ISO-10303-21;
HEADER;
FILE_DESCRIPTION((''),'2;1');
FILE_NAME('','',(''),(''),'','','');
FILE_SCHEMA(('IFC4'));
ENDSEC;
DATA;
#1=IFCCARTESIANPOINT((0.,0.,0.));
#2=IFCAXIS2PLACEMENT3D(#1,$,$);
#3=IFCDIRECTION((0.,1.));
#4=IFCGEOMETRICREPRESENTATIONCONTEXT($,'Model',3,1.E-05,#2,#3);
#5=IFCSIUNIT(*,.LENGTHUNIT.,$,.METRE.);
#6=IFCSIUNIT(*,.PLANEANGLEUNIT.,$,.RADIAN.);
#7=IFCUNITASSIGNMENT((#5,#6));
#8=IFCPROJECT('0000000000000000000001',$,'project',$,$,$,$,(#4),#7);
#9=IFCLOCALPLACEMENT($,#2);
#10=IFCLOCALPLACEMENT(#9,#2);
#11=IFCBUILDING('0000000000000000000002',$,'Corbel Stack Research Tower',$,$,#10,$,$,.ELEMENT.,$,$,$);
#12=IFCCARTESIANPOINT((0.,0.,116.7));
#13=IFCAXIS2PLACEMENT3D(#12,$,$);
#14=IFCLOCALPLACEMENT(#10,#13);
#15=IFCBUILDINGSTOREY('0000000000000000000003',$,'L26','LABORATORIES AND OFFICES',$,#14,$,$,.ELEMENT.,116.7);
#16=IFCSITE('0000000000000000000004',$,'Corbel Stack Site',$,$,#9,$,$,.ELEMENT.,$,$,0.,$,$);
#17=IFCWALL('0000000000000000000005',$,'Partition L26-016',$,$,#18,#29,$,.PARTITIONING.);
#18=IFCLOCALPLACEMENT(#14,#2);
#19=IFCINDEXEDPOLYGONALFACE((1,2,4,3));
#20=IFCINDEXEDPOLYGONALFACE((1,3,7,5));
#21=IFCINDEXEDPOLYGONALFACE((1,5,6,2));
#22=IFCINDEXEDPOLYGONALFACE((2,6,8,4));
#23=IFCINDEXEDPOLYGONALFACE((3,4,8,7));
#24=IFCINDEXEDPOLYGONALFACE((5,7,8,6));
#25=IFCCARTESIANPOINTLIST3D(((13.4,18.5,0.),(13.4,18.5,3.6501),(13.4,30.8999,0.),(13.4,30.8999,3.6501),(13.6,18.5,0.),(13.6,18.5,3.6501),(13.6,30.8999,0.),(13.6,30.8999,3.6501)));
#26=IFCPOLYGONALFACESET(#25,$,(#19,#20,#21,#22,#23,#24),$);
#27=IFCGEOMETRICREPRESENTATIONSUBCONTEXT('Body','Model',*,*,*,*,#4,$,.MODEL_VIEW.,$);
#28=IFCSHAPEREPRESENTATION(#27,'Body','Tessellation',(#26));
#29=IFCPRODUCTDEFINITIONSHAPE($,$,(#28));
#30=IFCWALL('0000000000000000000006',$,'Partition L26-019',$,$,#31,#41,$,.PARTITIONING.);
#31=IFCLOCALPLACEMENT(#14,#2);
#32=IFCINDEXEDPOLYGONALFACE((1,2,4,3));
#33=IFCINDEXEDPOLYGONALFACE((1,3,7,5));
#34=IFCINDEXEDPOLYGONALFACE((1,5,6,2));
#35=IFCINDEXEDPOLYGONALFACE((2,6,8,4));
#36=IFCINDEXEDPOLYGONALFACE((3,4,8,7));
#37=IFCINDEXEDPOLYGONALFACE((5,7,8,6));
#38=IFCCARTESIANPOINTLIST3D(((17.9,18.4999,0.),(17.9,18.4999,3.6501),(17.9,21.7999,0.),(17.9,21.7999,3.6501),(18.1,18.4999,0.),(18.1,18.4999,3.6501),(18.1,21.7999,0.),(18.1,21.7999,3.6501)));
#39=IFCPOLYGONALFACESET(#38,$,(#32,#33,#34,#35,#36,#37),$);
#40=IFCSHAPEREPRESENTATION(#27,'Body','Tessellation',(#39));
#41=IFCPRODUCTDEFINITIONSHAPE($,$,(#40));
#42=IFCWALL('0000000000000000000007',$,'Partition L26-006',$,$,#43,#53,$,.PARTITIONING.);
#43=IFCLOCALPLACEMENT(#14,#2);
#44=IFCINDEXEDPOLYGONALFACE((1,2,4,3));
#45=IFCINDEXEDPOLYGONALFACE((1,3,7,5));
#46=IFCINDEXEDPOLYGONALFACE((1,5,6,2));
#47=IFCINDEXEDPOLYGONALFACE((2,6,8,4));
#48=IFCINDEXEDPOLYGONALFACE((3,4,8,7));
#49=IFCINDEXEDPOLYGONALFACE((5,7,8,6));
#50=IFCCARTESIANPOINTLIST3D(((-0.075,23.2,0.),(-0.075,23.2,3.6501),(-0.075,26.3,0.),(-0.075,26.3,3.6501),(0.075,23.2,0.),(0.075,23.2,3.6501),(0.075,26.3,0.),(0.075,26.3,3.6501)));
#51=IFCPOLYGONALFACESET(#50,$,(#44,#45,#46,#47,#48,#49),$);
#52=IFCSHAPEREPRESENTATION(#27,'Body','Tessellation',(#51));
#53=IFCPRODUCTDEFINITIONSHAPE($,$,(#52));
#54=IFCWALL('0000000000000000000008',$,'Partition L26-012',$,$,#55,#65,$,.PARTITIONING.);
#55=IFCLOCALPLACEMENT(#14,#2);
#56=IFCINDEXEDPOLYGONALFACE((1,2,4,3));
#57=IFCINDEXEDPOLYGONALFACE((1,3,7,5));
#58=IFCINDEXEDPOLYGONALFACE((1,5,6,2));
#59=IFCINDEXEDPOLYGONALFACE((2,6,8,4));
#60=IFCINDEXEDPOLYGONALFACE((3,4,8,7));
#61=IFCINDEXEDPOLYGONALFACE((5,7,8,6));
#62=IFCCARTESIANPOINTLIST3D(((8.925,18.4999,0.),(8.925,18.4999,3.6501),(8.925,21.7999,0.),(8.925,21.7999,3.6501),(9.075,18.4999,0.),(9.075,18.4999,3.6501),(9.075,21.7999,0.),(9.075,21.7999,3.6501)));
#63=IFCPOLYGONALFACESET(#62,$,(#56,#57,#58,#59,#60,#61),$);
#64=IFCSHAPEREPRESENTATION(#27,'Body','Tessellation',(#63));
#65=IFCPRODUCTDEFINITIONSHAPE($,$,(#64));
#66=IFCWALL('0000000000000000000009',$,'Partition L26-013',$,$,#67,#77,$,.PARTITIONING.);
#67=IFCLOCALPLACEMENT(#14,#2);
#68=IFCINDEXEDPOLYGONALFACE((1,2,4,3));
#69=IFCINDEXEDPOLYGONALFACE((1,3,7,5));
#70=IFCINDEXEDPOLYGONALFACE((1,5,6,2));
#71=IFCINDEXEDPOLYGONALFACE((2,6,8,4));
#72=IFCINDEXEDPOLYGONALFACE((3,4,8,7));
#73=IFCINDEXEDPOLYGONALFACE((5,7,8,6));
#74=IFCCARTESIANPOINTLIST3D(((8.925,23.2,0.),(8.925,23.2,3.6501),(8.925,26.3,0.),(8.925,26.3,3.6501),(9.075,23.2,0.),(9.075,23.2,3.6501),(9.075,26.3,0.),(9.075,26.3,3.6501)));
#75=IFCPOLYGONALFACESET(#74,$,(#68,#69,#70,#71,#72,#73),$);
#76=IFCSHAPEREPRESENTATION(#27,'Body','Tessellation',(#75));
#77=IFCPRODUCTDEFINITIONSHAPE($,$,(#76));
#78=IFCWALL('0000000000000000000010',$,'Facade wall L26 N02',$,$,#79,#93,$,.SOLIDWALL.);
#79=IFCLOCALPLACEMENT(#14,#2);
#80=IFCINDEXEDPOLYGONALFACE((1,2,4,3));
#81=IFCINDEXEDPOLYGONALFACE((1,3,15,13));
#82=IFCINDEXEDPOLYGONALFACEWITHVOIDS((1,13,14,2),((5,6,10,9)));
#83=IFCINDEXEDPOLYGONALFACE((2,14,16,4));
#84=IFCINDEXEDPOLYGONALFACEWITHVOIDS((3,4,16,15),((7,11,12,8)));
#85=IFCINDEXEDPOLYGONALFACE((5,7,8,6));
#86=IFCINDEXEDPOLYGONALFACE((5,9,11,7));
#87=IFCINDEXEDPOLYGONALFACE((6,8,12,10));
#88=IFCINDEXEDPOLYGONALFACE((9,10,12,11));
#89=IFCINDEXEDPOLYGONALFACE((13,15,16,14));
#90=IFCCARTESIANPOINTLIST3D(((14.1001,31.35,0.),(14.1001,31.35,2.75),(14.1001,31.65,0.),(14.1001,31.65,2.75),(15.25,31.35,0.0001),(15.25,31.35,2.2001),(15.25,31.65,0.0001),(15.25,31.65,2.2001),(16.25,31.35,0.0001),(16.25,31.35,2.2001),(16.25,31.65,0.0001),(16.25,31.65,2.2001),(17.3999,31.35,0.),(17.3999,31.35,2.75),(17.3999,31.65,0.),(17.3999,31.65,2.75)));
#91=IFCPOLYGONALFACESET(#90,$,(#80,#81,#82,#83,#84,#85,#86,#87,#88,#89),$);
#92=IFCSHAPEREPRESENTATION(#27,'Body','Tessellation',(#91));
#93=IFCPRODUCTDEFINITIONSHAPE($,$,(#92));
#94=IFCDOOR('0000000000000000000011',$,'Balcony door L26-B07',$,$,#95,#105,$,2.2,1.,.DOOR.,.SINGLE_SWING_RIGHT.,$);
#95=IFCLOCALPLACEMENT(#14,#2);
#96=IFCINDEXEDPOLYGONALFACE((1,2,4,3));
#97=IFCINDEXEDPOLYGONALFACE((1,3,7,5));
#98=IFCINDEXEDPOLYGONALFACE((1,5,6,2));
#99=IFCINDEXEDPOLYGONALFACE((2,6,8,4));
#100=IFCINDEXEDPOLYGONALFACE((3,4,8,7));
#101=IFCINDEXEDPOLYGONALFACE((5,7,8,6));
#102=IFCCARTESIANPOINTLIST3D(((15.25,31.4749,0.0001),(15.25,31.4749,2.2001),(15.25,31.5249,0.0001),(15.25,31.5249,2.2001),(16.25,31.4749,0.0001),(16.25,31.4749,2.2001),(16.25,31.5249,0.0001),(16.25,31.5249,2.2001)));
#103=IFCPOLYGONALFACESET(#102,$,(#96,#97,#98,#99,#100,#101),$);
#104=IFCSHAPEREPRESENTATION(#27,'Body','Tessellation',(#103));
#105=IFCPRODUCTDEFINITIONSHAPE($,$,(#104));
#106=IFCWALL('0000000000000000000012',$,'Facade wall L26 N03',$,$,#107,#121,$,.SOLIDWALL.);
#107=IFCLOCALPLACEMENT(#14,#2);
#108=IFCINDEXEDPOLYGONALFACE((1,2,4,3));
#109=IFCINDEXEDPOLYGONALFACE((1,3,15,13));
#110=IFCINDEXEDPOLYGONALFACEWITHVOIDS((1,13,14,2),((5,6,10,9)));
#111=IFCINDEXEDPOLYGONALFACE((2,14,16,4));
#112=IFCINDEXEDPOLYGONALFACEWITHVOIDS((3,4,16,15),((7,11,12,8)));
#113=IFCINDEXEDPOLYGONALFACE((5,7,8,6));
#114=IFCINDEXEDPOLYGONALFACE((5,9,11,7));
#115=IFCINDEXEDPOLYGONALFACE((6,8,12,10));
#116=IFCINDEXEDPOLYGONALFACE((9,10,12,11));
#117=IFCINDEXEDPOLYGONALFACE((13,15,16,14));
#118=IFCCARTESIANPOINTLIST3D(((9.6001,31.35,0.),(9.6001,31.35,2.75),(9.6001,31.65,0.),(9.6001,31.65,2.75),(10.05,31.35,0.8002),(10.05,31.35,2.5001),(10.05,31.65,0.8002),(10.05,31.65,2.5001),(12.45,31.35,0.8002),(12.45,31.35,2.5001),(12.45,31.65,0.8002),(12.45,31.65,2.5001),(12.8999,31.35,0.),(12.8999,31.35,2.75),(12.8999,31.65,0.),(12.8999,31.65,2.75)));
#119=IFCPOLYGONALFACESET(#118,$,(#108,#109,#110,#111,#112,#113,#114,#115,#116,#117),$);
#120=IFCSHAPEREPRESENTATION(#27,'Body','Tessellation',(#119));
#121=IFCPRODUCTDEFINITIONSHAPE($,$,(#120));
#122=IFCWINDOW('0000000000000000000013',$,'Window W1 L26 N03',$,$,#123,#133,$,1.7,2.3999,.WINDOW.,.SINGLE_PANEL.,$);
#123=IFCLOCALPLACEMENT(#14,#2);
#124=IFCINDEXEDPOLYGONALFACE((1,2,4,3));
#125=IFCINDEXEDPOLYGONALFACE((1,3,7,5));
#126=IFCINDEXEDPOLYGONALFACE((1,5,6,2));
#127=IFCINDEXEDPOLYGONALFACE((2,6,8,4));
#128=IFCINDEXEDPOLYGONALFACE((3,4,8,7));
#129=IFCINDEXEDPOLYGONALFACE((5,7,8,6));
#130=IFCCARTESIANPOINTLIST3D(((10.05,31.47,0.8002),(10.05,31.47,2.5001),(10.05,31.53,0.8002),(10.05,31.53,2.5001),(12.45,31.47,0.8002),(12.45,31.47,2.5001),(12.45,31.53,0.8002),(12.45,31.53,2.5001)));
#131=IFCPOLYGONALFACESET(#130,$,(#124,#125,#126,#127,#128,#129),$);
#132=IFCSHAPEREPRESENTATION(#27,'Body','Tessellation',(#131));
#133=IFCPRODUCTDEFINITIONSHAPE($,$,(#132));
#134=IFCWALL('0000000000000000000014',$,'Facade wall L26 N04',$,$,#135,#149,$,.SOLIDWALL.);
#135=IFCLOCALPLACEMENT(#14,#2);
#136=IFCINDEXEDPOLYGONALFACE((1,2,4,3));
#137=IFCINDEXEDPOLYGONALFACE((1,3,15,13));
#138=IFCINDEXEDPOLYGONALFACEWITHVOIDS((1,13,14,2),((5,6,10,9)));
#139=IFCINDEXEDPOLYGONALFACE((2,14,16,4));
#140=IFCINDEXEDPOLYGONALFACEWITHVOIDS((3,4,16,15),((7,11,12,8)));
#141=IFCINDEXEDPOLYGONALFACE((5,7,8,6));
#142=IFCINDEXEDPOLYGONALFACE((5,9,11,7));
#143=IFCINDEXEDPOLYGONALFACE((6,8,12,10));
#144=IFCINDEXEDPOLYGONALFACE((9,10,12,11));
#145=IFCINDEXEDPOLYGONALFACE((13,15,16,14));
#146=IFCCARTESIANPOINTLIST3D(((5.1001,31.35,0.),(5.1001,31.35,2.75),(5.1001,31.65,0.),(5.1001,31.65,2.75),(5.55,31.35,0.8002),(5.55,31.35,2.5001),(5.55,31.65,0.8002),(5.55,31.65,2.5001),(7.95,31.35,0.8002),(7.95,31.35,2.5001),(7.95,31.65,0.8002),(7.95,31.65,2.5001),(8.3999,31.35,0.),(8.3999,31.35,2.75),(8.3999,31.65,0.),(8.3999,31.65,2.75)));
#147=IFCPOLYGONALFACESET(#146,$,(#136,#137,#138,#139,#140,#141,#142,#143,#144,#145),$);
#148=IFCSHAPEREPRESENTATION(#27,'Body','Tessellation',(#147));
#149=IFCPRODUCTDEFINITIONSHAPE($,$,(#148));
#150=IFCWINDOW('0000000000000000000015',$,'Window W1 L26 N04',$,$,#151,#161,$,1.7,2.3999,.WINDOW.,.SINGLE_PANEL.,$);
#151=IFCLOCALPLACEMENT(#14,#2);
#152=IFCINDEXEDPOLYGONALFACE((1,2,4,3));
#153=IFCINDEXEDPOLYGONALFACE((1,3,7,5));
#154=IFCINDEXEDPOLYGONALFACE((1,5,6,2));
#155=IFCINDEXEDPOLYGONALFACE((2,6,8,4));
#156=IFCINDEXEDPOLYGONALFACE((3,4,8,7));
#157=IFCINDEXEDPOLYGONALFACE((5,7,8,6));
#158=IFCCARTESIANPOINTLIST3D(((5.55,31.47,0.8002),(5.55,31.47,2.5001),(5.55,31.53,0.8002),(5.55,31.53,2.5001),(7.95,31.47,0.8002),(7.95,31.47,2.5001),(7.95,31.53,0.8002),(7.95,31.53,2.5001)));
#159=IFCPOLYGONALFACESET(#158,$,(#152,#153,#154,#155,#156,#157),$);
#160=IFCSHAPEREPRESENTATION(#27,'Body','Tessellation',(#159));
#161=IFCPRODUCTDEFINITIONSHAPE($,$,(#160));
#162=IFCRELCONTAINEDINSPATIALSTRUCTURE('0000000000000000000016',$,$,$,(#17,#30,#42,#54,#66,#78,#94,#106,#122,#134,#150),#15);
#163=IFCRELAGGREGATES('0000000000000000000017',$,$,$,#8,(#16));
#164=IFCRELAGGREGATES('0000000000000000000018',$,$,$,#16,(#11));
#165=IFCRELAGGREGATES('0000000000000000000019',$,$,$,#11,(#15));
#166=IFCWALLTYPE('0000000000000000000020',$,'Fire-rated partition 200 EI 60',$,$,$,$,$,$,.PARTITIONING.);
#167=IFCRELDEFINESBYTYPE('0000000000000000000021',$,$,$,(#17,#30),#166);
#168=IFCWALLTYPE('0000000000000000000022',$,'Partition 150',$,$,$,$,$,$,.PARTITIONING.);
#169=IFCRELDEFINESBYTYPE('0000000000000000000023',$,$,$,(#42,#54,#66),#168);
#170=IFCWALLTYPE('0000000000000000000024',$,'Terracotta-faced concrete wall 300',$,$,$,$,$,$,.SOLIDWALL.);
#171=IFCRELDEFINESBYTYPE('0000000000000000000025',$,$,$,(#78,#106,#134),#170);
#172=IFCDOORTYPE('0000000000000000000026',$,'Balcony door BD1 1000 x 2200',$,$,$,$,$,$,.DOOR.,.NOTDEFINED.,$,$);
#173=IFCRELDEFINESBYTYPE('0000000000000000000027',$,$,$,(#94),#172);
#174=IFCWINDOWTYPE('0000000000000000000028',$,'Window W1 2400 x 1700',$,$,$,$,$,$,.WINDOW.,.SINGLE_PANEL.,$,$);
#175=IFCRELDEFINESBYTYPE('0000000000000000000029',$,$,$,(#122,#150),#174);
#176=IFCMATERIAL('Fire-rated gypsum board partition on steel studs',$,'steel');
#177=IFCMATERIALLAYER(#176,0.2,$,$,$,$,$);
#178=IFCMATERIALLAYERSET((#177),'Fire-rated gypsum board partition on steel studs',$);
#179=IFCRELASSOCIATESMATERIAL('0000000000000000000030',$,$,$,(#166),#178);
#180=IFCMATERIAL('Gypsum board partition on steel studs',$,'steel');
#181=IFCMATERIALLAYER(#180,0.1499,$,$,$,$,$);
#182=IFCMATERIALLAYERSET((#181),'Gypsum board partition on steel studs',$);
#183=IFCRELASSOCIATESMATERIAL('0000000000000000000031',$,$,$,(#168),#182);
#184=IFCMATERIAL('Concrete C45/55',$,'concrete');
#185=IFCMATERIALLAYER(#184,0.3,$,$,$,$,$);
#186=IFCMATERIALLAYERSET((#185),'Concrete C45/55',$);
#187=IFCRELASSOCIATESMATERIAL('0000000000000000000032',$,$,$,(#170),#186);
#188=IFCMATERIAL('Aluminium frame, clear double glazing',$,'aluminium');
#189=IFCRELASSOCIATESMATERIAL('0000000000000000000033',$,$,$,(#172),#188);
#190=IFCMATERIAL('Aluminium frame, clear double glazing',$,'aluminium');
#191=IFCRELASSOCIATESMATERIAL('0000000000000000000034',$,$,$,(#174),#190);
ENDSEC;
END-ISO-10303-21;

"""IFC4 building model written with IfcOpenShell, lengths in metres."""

from ifc_helpers import new_model, si_unit, direction, frame, frame_2d, origin, place, context, subcontext, project, spatial, rectangle, extrude, material, layer, layer_set, type_object, element, fill, save


model = new_model("IFC4")

# Units and contexts
model_context = context("Model", 3, precision=1e-05, world=origin(), true_north=direction((0.0, 1.0)))
body_context = subcontext(model_context, "Body", "Model", "MODEL_VIEW")
ifc_project = project(units=[si_unit("LENGTHUNIT", "METRE"), si_unit("PLANEANGLEUNIT", "RADIAN")], contexts=[model_context])

# Site, building, storey
site_placement = place(None, origin())
site = spatial("IfcSite", under=ifc_project, at=site_placement, Name="Corbel Stack Site", CompositionType="ELEMENT", RefElevation=0.0)
building_placement = place(site_placement, origin())
building = spatial("IfcBuilding", under=site, at=building_placement, Name="Corbel Stack Research Tower", CompositionType="ELEMENT")
storey_placement = place(building_placement, frame((0.0, 0.0, 116.7)))
storey = spatial("IfcBuildingStorey", under=building, at=storey_placement, Name="L26", Description="LABORATORIES AND OFFICES", CompositionType="ELEMENT", Elevation=116.7)

# Walls
ifc_material_1 = material(Name="Fire-rated gypsum board partition on steel studs", Category="steel")
ifc_layer_1 = layer(ifc_material_1, 0.2)
ifc_layer_set_1 = layer_set([ifc_layer_1], Name="Fire-rated gypsum board partition on steel studs")
wall_type_1 = type_object("IfcWallType", Name="Fire-rated partition 200 EI 60", PredefinedType="PARTITIONING", material=ifc_layer_set_1)
wall_1_placement = place(storey_placement, frame((13.5, 18.5, 0.0), z_axis=(0.0, 0.0, 1.0), x_axis=(0.0, 1.0, 0.0)))
element("IfcWall", 1, at=wall_1_placement, inside=storey, type_object=wall_type_1, Name="Partition L26-016", PredefinedType="PARTITIONING", context=body_context, shape_type="SweptSolid", body=[
    extrude(rectangle(XDim=12.3999, YDim=0.2, at=frame_2d((6.2, 0.0))), origin(), (0.0, 0.0, 1.0), 3.6501),
])
wall_2_placement = place(storey_placement, frame((18.0, 18.5, 0.0), z_axis=(0.0, 0.0, 1.0), x_axis=(0.0, 1.0, 0.0)))
element("IfcWall", 2, at=wall_2_placement, inside=storey, type_object=wall_type_1, Name="Partition L26-019", PredefinedType="PARTITIONING", context=body_context, shape_type="SweptSolid", body=[
    extrude(rectangle(XDim=3.3, YDim=0.2, at=frame_2d((1.6499, 0.0))), origin(), (0.0, 0.0, 1.0), 3.6501),
])
ifc_material_2 = material(Name="Gypsum board partition on steel studs", Category="steel")
ifc_layer_2 = layer(ifc_material_2, 0.1499)
ifc_layer_set_2 = layer_set([ifc_layer_2], Name="Gypsum board partition on steel studs")
wall_type_2 = type_object("IfcWallType", Name="Partition 150", PredefinedType="PARTITIONING", material=ifc_layer_set_2)
wall_3_placement = place(storey_placement, frame((0.0, 23.2, 0.0), z_axis=(0.0, 0.0, 1.0), x_axis=(0.0, 1.0, 0.0)))
element("IfcWall", 3, at=wall_3_placement, inside=storey, type_object=wall_type_2, Name="Partition L26-006", PredefinedType="PARTITIONING", context=body_context, shape_type="SweptSolid", body=[
    extrude(rectangle(XDim=3.1001, YDim=0.1499, at=frame_2d((1.55, 0.0))), origin(), (0.0, 0.0, 1.0), 3.6501),
])
wall_4_placement = place(storey_placement, frame((9.0, 18.5, 0.0), z_axis=(0.0, 0.0, 1.0), x_axis=(0.0, 1.0, 0.0)))
element("IfcWall", 4, at=wall_4_placement, inside=storey, type_object=wall_type_2, Name="Partition L26-012", PredefinedType="PARTITIONING", context=body_context, shape_type="SweptSolid", body=[
    extrude(rectangle(XDim=3.3, YDim=0.1499, at=frame_2d((1.6499, 0.0))), origin(), (0.0, 0.0, 1.0), 3.6501),
])
wall_5_placement = place(storey_placement, frame((9.0, 23.2, 0.0), z_axis=(0.0, 0.0, 1.0), x_axis=(0.0, 1.0, 0.0)))
element("IfcWall", 5, at=wall_5_placement, inside=storey, type_object=wall_type_2, Name="Partition L26-013", PredefinedType="PARTITIONING", context=body_context, shape_type="SweptSolid", body=[
    extrude(rectangle(XDim=3.1001, YDim=0.1499, at=frame_2d((1.55, 0.0))), origin(), (0.0, 0.0, 1.0), 3.6501),
])

# Wall, opening, door
ifc_material_3 = material(Name="Concrete C45/55", Category="concrete")
ifc_layer_3 = layer(ifc_material_3, 0.3)
ifc_layer_set_3 = layer_set([ifc_layer_3], Name="Concrete C45/55")
wall_type_3 = type_object("IfcWallType", Name="Terracotta-faced concrete wall 300", PredefinedType="SOLIDWALL", material=ifc_layer_set_3)
wall_6_placement = place(storey_placement, frame((14.1001, 31.5, 0.0), z_axis=(0.0, 0.0, 1.0), x_axis=(1.0, 0.0, 0.0)))
wall_6 = element("IfcWall", 6, at=wall_6_placement, inside=storey, type_object=wall_type_3, Name="Facade wall L26 N02", PredefinedType="SOLIDWALL", context=body_context, shape_type="SweptSolid", body=[
    extrude(rectangle(XDim=3.2998, YDim=0.3, at=frame_2d((1.6499, 0.0))), origin(), (0.0, 0.0, 1.0), 2.75),
])
opening_1_placement = place(wall_6_placement, frame((1.1499, 0.0, 0.0)))
opening_1 = element("IfcOpeningElement", 7, at=opening_1_placement, cuts=wall_6, PredefinedType="OPENING", context=body_context, shape_type="SweptSolid", body=[
    extrude(rectangle(XDim=1.0, YDim=2.2, at=frame_2d((0.5, 1.1001))), frame((0.0, 0.1599, 0.0), z_axis=(0.0, -1.0, 0.0), x_axis=(1.0, 0.0, 0.0)), (0.0, 0.0, 1.0), 0.3201),
])
ifc_material_4 = material(Name="Aluminium frame, clear double glazing", Category="aluminium")
door_type_1 = type_object("IfcDoorType", Name="Balcony door BD1 1000 x 2200", OperationType="NOTDEFINED", PredefinedType="DOOR", material=ifc_material_4)
door_1_placement = place(opening_1_placement, origin())
door_1 = element("IfcDoor", 8, at=door_1_placement, inside=storey, type_object=door_type_1, Name="Balcony door L26-B07", OperationType="SINGLE_SWING_RIGHT", OverallHeight=2.2, OverallWidth=1.0, PredefinedType="DOOR", context=body_context, shape_type="SweptSolid", body=[
    extrude(rectangle(XDim=1.0, YDim=2.2, at=frame_2d((0.5, 1.1001))), frame((0.0, 0.0249, 0.0), z_axis=(0.0, -1.0, 0.0), x_axis=(1.0, 0.0, 0.0)), (0.0, 0.0, 1.0), 0.05),
])
fill(opening_1, door_1)

# Walls, openings, windows
wall_7_placement = place(storey_placement, frame((9.6001, 31.5, 0.0), z_axis=(0.0, 0.0, 1.0), x_axis=(1.0, 0.0, 0.0)))
wall_7 = element("IfcWall", 9, at=wall_7_placement, inside=storey, type_object=wall_type_3, Name="Facade wall L26 N03", PredefinedType="SOLIDWALL", context=body_context, shape_type="SweptSolid", body=[
    extrude(rectangle(XDim=3.2998, YDim=0.3, at=frame_2d((1.6499, 0.0))), origin(), (0.0, 0.0, 1.0), 2.75),
])
opening_2_placement = place(wall_7_placement, frame((0.45, 0.0, 0.8)))
opening_2 = element("IfcOpeningElement", 10, at=opening_2_placement, cuts=wall_7, PredefinedType="OPENING", context=body_context, shape_type="SweptSolid", body=[
    extrude(rectangle(XDim=2.3999, YDim=1.7, at=frame_2d((1.2, 0.8501))), frame((0.0, 0.1599, 0.0), z_axis=(0.0, -1.0, 0.0), x_axis=(1.0, 0.0, 0.0)), (0.0, 0.0, 1.0), 0.3201),
])
ifc_material_5 = material(Name="Aluminium frame, clear double glazing", Category="aluminium")
window_type = type_object("IfcWindowType", Name="Window W1 2400 x 1700", PartitioningType="SINGLE_PANEL", PredefinedType="WINDOW", material=ifc_material_5)
window_1_placement = place(opening_2_placement, origin())
window_1 = element("IfcWindow", 11, at=window_1_placement, inside=storey, type_object=window_type, Name="Window W1 L26 N03", OverallHeight=1.7, OverallWidth=2.3999, PartitioningType="SINGLE_PANEL", PredefinedType="WINDOW", context=body_context, shape_type="SweptSolid", body=[
    extrude(rectangle(XDim=2.3999, YDim=1.7, at=frame_2d((1.2, 0.8501))), frame((0.0, 0.03, 0.0), z_axis=(0.0, -1.0, 0.0), x_axis=(1.0, 0.0, 0.0)), (0.0, 0.0, 1.0), 0.0601),
])
fill(opening_2, window_1)
wall_8_placement = place(storey_placement, frame((5.1001, 31.5, 0.0), z_axis=(0.0, 0.0, 1.0), x_axis=(1.0, 0.0, 0.0)))
wall_8 = element("IfcWall", 12, at=wall_8_placement, inside=storey, type_object=wall_type_3, Name="Facade wall L26 N04", PredefinedType="SOLIDWALL", context=body_context, shape_type="SweptSolid", body=[
    extrude(rectangle(XDim=3.2998, YDim=0.3, at=frame_2d((1.6499, 0.0))), origin(), (0.0, 0.0, 1.0), 2.75),
])
opening_3_placement = place(wall_8_placement, frame((0.45, 0.0, 0.8)))
opening_3 = element("IfcOpeningElement", 13, at=opening_3_placement, cuts=wall_8, PredefinedType="OPENING", context=body_context, shape_type="SweptSolid", body=[
    extrude(rectangle(XDim=2.3999, YDim=1.7, at=frame_2d((1.2, 0.8501))), frame((0.0, 0.1599, 0.0), z_axis=(0.0, -1.0, 0.0), x_axis=(1.0, 0.0, 0.0)), (0.0, 0.0, 1.0), 0.3201),
])
window_2_placement = place(opening_3_placement, origin())
window_2 = element("IfcWindow", 14, at=window_2_placement, inside=storey, type_object=window_type, Name="Window W1 L26 N04", OverallHeight=1.7, OverallWidth=2.3999, PartitioningType="SINGLE_PANEL", PredefinedType="WINDOW", context=body_context, shape_type="SweptSolid", body=[
    extrude(rectangle(XDim=2.3999, YDim=1.7, at=frame_2d((1.2, 0.8501))), frame((0.0, 0.03, 0.0), z_axis=(0.0, -1.0, 0.0), x_axis=(1.0, 0.0, 0.0)), (0.0, 0.0, 1.0), 0.0601),
])
fill(opening_3, window_2)

save(model, "model.ifc")
